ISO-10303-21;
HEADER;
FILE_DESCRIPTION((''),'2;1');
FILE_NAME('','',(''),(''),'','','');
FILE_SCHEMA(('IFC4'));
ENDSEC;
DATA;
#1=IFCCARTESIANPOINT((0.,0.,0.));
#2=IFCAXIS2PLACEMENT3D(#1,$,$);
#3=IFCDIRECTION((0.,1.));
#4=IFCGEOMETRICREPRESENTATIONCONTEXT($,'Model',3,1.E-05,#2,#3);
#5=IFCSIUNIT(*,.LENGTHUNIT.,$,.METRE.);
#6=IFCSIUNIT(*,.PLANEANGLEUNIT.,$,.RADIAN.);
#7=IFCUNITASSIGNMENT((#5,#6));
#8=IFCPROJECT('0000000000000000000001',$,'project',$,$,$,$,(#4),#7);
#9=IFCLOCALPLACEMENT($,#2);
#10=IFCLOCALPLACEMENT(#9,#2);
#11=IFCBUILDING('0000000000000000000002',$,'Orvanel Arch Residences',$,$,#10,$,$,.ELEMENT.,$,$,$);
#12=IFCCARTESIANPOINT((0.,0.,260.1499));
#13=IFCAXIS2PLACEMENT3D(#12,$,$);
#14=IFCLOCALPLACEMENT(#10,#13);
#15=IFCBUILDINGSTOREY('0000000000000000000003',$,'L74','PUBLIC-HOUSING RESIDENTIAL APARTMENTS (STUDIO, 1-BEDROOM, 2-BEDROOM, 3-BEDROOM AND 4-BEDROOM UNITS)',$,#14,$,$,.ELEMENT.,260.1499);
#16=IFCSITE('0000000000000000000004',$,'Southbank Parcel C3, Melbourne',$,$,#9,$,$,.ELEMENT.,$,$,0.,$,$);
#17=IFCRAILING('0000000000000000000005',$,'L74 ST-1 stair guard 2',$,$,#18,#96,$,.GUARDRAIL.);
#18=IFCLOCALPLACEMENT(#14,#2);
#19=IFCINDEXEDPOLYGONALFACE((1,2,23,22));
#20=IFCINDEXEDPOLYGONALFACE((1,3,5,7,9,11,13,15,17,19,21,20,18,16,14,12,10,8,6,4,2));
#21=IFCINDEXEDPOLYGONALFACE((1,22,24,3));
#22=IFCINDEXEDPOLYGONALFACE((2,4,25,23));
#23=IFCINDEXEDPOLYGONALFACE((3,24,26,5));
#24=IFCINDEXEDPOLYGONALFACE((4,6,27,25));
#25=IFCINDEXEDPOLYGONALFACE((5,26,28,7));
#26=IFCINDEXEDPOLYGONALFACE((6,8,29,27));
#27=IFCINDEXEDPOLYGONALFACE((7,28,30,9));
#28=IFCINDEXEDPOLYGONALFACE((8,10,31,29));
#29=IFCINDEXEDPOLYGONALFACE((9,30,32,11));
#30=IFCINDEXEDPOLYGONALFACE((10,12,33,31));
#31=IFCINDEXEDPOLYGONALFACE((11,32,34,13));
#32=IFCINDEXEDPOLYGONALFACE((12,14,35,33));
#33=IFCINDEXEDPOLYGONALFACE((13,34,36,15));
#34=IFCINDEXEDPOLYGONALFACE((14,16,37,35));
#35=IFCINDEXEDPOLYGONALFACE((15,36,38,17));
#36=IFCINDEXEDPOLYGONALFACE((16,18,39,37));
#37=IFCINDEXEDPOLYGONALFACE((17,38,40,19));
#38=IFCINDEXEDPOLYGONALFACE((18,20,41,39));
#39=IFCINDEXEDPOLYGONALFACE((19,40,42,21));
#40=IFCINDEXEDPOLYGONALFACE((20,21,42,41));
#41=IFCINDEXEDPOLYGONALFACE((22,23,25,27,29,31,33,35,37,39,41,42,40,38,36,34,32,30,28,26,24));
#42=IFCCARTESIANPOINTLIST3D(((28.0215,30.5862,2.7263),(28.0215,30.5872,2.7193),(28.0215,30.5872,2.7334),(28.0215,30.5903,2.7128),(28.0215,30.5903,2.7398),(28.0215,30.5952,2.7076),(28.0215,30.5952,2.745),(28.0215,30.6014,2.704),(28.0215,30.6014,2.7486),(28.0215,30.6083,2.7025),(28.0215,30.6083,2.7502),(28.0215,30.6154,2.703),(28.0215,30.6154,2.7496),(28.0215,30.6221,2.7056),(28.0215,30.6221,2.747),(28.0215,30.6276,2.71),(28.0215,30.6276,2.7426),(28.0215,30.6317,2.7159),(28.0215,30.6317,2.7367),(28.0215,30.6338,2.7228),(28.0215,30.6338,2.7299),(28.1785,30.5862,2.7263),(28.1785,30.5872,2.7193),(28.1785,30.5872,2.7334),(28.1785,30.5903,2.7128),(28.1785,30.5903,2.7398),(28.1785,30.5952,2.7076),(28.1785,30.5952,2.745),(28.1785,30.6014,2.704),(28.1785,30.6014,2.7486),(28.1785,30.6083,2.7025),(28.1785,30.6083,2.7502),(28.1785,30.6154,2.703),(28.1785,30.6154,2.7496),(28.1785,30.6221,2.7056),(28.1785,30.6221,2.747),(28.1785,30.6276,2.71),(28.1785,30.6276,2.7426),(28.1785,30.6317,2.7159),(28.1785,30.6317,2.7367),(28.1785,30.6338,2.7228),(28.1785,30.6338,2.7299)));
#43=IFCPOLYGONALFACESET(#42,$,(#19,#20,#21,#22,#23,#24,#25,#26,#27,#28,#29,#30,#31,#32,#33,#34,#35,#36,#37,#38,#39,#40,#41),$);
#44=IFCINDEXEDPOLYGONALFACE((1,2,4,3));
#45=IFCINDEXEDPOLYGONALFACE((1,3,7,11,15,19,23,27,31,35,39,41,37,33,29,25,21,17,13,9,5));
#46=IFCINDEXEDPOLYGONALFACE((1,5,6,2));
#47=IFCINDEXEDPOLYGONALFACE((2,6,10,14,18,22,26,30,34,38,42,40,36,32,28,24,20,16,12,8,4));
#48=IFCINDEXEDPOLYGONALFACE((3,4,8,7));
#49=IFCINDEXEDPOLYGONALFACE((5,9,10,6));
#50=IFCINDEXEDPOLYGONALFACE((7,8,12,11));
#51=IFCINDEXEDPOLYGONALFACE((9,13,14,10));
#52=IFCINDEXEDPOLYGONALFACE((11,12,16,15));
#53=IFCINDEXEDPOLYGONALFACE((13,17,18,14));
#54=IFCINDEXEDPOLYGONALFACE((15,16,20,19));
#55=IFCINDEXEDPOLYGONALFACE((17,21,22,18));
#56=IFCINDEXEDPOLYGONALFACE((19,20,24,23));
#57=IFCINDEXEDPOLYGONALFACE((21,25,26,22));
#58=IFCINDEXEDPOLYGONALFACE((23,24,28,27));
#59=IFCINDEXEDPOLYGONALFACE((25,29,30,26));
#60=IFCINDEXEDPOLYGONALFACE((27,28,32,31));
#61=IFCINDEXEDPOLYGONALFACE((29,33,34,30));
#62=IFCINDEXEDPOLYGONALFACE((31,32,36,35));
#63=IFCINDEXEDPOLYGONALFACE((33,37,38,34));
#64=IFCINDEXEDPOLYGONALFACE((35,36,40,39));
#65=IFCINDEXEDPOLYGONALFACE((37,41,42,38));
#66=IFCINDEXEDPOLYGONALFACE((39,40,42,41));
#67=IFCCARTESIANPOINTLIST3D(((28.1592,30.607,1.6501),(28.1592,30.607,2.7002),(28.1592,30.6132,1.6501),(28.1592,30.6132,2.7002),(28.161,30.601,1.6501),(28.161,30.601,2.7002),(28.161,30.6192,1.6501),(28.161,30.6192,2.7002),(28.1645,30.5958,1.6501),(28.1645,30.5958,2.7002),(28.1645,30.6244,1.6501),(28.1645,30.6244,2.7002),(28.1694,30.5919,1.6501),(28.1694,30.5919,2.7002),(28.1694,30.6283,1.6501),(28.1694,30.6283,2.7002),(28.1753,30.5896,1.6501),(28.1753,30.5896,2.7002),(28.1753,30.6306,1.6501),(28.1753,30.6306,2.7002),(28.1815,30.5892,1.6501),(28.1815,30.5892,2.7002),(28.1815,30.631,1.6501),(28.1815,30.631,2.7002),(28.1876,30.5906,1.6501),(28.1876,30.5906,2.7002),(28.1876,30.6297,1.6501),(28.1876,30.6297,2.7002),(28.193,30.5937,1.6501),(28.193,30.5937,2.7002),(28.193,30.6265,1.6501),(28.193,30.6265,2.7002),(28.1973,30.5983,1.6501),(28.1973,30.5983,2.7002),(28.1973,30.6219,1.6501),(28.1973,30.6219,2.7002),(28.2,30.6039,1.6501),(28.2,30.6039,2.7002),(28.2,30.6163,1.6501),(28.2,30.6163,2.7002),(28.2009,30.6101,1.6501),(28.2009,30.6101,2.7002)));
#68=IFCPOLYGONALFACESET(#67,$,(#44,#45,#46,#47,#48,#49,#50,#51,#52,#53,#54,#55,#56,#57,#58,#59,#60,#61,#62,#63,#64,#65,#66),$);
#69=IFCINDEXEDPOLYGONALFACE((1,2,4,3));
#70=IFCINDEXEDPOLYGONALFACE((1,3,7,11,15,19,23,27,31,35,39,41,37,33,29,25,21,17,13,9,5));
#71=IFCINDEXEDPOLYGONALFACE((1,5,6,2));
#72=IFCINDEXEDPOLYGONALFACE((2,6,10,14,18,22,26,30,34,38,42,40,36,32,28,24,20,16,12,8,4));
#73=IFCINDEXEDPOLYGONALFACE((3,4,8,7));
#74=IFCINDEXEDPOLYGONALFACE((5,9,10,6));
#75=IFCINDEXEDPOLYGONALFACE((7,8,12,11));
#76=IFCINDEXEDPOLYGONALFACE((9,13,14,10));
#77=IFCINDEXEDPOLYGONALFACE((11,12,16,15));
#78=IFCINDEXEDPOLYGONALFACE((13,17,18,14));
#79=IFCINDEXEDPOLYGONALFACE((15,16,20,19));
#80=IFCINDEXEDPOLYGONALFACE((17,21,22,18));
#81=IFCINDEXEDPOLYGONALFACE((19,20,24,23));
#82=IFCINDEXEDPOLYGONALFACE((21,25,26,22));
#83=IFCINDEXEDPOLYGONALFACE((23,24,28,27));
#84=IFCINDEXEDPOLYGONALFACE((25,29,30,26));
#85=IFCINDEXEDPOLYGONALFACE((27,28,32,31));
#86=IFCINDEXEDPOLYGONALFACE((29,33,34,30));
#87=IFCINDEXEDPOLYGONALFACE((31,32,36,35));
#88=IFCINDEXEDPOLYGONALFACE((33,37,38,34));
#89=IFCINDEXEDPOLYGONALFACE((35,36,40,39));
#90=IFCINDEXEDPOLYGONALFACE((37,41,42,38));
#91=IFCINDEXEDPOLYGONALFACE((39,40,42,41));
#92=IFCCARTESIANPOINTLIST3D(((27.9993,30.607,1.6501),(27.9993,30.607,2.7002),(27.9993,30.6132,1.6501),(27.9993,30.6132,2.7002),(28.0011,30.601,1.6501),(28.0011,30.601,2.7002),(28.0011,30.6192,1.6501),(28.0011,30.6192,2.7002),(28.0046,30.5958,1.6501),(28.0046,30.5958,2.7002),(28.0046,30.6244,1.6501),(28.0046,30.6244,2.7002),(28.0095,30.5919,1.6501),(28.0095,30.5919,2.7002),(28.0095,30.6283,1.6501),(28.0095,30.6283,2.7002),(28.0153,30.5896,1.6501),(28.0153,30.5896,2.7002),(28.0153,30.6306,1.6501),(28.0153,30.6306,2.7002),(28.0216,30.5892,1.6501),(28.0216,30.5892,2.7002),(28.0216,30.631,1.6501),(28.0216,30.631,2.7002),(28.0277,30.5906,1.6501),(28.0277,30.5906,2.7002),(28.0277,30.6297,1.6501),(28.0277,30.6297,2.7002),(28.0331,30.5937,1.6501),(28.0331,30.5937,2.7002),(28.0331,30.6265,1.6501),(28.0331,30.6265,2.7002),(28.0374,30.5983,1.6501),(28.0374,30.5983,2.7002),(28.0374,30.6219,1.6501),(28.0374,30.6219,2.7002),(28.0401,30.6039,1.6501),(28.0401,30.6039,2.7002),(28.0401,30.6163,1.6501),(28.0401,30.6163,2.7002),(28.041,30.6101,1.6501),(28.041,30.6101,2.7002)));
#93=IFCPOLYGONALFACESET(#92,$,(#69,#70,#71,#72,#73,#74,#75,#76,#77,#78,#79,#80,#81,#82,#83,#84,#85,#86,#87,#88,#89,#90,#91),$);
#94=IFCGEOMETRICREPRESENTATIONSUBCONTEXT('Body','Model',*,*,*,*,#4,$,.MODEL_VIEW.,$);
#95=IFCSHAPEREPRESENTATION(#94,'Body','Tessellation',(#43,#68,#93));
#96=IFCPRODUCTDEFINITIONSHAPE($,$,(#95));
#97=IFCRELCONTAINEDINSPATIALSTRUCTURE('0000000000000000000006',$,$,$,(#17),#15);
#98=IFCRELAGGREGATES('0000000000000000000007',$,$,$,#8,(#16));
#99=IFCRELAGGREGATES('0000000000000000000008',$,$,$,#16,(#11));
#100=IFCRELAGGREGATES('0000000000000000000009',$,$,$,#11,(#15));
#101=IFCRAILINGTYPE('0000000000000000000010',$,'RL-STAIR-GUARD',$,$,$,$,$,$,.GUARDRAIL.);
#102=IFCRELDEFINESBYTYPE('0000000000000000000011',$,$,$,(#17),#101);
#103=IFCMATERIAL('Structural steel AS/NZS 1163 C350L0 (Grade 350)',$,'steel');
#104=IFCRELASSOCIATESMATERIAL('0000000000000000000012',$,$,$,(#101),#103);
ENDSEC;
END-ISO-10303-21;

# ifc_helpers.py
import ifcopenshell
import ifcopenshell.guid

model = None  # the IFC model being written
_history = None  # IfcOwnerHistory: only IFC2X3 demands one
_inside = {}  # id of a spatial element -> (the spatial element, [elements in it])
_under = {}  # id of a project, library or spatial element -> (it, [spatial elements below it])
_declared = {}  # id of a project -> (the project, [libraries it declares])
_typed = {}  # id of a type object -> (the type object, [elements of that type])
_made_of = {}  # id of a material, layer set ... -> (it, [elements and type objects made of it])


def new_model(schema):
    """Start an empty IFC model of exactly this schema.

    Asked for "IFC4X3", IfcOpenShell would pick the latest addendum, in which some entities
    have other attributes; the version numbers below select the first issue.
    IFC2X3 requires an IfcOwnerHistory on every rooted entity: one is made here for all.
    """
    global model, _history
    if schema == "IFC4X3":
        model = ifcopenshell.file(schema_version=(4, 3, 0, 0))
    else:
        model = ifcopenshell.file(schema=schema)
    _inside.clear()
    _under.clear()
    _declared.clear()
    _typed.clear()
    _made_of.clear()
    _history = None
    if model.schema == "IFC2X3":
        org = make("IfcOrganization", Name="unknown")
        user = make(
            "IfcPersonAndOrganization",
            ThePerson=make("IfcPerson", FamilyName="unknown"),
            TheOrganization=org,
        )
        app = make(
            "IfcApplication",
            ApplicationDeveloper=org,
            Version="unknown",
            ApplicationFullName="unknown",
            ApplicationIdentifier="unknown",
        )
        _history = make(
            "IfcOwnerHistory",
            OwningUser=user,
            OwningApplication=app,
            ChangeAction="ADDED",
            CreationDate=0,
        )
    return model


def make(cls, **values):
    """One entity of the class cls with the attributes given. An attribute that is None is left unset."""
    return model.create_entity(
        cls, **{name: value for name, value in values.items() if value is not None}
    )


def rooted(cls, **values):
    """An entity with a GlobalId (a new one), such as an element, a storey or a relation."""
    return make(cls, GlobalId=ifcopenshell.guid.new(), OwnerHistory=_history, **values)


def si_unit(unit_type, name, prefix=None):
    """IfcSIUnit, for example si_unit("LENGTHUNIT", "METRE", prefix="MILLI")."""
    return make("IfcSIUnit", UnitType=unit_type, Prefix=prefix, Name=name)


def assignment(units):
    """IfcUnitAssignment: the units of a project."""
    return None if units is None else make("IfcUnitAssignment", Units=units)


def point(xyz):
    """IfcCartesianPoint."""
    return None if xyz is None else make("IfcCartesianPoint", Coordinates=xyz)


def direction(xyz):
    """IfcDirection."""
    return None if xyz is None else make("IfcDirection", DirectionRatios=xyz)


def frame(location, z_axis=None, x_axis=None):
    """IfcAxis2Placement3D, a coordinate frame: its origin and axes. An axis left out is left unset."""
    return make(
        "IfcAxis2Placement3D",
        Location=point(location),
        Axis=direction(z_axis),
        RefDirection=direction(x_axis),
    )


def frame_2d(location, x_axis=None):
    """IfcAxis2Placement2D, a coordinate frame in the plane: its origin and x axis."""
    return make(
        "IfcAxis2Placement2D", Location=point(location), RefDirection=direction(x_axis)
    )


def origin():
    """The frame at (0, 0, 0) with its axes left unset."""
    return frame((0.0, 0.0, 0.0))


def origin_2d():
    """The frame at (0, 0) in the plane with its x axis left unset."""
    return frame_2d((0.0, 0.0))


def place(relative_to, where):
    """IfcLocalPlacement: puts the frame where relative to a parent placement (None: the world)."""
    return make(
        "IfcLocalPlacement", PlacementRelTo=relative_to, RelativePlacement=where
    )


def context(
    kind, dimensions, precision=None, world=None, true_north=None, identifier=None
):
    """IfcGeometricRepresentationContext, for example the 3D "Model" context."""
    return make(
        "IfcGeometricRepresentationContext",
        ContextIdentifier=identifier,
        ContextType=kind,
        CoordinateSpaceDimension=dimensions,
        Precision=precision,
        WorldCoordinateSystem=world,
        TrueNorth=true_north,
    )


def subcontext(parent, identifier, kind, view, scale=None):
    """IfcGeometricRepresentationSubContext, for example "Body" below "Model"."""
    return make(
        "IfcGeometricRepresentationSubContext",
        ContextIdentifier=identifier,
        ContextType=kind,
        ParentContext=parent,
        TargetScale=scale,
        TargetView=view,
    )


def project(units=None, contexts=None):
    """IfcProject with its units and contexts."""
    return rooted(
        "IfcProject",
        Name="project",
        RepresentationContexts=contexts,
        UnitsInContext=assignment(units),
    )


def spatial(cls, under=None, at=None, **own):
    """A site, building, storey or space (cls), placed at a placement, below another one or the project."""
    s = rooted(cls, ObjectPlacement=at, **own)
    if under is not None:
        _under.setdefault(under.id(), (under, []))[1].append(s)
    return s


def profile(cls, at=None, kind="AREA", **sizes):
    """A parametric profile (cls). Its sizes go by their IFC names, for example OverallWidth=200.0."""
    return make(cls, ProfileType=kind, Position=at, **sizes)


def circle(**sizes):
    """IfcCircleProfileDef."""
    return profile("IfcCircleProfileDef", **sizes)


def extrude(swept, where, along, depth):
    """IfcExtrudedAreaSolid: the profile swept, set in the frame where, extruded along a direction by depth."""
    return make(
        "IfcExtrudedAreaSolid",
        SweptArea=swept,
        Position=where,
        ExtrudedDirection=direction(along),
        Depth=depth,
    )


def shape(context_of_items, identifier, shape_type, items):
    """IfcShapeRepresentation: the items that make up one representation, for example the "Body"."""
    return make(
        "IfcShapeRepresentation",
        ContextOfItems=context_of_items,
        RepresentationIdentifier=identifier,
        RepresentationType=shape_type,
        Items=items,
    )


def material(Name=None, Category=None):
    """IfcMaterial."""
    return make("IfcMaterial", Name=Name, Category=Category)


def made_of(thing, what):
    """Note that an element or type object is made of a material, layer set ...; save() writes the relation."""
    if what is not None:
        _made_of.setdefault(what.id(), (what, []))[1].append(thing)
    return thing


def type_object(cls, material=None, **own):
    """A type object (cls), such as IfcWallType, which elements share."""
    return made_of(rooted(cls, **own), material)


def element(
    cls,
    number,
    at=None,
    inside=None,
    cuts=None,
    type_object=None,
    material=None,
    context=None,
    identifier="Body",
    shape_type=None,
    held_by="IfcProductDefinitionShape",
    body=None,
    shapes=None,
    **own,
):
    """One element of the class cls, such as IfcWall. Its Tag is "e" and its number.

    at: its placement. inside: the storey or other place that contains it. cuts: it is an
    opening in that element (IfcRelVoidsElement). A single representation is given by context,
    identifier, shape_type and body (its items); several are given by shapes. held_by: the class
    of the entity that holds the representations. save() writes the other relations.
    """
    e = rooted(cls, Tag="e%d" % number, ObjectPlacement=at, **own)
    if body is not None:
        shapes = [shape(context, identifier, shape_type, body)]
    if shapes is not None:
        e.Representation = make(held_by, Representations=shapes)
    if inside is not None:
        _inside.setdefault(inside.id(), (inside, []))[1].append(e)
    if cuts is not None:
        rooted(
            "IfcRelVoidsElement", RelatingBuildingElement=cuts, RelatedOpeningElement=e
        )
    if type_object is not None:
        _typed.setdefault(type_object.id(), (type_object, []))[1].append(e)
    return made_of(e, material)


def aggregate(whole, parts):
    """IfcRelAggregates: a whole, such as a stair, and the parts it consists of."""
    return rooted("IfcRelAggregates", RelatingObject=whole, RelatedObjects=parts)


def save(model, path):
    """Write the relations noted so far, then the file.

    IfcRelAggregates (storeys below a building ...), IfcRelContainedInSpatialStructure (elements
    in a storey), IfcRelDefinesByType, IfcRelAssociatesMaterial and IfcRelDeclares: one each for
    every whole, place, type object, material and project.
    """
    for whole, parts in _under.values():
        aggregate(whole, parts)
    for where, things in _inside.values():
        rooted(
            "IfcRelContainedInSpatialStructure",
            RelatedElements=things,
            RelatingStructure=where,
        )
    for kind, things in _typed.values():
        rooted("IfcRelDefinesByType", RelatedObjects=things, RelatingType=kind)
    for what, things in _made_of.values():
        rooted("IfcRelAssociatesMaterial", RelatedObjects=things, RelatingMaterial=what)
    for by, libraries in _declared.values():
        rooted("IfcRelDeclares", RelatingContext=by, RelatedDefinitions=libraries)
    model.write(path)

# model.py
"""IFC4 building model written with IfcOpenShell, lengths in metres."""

from ifc_helpers import new_model, si_unit, direction, frame, origin, origin_2d, place, context, subcontext, project, spatial, circle, extrude, material, type_object, element, save


model = new_model("IFC4")

# Units and contexts
model_context = context("Model", 3, precision=1e-05, world=origin(), true_north=direction((0.0, 1.0)))
body_context = subcontext(model_context, "Body", "Model", "MODEL_VIEW")
ifc_project = project(units=[si_unit("LENGTHUNIT", "METRE"), si_unit("PLANEANGLEUNIT", "RADIAN")], contexts=[model_context])

# Site, building, storey
site_placement = place(None, origin())
site = spatial("IfcSite", under=ifc_project, at=site_placement, Name="Southbank Parcel C3, Melbourne", CompositionType="ELEMENT", RefElevation=0.0)
building_placement = place(site_placement, origin())
building = spatial("IfcBuilding", under=site, at=building_placement, Name="Orvanel Arch Residences", CompositionType="ELEMENT")
storey_placement = place(building_placement, frame((0.0, 0.0, 260.1499)))
storey = spatial("IfcBuildingStorey", under=building, at=storey_placement, Name="L74", Description="PUBLIC-HOUSING RESIDENTIAL APARTMENTS (STUDIO, 1-BEDROOM, 2-BEDROOM, 3-BEDROOM AND 4-BEDROOM UNITS)", CompositionType="ELEMENT", Elevation=260.1499)

# Railing
ifc_material_1 = material(Name="Structural steel AS/NZS 1163 C350L0 (Grade 350)", Category="steel")
railing_type_1 = type_object("IfcRailingType", Name="RL-STAIR-GUARD", PredefinedType="GUARDRAIL", material=ifc_material_1)
railing_1_placement = place(storey_placement, frame((28.1799, 30.6101, 1.6501)))
element("IfcRailing", 1, at=railing_1_placement, inside=storey, type_object=railing_type_1, Name="L74 ST-1 stair guard 2", PredefinedType="GUARDRAIL", context=body_context, shape_type="SweptSolid", body=[
    extrude(circle(Radius=0.0239, at=origin_2d()), frame((-0.0015, 0.0, 1.0762), z_axis=(-1.0, 0.0, 0.0), x_axis=(0.0, -1.0, 0.0)), (0.0, 0.0, 1.0), 0.157),
    extrude(circle(Radius=0.021, at=origin_2d()), origin(), (0.0, 0.0, 1.0), 1.05),
    extrude(circle(Radius=0.021, at=origin_2d()), frame((-0.1599, 0.0, 0.0)), (0.0, 0.0, 1.0), 1.05),
])

save(model, "model.ifc")
